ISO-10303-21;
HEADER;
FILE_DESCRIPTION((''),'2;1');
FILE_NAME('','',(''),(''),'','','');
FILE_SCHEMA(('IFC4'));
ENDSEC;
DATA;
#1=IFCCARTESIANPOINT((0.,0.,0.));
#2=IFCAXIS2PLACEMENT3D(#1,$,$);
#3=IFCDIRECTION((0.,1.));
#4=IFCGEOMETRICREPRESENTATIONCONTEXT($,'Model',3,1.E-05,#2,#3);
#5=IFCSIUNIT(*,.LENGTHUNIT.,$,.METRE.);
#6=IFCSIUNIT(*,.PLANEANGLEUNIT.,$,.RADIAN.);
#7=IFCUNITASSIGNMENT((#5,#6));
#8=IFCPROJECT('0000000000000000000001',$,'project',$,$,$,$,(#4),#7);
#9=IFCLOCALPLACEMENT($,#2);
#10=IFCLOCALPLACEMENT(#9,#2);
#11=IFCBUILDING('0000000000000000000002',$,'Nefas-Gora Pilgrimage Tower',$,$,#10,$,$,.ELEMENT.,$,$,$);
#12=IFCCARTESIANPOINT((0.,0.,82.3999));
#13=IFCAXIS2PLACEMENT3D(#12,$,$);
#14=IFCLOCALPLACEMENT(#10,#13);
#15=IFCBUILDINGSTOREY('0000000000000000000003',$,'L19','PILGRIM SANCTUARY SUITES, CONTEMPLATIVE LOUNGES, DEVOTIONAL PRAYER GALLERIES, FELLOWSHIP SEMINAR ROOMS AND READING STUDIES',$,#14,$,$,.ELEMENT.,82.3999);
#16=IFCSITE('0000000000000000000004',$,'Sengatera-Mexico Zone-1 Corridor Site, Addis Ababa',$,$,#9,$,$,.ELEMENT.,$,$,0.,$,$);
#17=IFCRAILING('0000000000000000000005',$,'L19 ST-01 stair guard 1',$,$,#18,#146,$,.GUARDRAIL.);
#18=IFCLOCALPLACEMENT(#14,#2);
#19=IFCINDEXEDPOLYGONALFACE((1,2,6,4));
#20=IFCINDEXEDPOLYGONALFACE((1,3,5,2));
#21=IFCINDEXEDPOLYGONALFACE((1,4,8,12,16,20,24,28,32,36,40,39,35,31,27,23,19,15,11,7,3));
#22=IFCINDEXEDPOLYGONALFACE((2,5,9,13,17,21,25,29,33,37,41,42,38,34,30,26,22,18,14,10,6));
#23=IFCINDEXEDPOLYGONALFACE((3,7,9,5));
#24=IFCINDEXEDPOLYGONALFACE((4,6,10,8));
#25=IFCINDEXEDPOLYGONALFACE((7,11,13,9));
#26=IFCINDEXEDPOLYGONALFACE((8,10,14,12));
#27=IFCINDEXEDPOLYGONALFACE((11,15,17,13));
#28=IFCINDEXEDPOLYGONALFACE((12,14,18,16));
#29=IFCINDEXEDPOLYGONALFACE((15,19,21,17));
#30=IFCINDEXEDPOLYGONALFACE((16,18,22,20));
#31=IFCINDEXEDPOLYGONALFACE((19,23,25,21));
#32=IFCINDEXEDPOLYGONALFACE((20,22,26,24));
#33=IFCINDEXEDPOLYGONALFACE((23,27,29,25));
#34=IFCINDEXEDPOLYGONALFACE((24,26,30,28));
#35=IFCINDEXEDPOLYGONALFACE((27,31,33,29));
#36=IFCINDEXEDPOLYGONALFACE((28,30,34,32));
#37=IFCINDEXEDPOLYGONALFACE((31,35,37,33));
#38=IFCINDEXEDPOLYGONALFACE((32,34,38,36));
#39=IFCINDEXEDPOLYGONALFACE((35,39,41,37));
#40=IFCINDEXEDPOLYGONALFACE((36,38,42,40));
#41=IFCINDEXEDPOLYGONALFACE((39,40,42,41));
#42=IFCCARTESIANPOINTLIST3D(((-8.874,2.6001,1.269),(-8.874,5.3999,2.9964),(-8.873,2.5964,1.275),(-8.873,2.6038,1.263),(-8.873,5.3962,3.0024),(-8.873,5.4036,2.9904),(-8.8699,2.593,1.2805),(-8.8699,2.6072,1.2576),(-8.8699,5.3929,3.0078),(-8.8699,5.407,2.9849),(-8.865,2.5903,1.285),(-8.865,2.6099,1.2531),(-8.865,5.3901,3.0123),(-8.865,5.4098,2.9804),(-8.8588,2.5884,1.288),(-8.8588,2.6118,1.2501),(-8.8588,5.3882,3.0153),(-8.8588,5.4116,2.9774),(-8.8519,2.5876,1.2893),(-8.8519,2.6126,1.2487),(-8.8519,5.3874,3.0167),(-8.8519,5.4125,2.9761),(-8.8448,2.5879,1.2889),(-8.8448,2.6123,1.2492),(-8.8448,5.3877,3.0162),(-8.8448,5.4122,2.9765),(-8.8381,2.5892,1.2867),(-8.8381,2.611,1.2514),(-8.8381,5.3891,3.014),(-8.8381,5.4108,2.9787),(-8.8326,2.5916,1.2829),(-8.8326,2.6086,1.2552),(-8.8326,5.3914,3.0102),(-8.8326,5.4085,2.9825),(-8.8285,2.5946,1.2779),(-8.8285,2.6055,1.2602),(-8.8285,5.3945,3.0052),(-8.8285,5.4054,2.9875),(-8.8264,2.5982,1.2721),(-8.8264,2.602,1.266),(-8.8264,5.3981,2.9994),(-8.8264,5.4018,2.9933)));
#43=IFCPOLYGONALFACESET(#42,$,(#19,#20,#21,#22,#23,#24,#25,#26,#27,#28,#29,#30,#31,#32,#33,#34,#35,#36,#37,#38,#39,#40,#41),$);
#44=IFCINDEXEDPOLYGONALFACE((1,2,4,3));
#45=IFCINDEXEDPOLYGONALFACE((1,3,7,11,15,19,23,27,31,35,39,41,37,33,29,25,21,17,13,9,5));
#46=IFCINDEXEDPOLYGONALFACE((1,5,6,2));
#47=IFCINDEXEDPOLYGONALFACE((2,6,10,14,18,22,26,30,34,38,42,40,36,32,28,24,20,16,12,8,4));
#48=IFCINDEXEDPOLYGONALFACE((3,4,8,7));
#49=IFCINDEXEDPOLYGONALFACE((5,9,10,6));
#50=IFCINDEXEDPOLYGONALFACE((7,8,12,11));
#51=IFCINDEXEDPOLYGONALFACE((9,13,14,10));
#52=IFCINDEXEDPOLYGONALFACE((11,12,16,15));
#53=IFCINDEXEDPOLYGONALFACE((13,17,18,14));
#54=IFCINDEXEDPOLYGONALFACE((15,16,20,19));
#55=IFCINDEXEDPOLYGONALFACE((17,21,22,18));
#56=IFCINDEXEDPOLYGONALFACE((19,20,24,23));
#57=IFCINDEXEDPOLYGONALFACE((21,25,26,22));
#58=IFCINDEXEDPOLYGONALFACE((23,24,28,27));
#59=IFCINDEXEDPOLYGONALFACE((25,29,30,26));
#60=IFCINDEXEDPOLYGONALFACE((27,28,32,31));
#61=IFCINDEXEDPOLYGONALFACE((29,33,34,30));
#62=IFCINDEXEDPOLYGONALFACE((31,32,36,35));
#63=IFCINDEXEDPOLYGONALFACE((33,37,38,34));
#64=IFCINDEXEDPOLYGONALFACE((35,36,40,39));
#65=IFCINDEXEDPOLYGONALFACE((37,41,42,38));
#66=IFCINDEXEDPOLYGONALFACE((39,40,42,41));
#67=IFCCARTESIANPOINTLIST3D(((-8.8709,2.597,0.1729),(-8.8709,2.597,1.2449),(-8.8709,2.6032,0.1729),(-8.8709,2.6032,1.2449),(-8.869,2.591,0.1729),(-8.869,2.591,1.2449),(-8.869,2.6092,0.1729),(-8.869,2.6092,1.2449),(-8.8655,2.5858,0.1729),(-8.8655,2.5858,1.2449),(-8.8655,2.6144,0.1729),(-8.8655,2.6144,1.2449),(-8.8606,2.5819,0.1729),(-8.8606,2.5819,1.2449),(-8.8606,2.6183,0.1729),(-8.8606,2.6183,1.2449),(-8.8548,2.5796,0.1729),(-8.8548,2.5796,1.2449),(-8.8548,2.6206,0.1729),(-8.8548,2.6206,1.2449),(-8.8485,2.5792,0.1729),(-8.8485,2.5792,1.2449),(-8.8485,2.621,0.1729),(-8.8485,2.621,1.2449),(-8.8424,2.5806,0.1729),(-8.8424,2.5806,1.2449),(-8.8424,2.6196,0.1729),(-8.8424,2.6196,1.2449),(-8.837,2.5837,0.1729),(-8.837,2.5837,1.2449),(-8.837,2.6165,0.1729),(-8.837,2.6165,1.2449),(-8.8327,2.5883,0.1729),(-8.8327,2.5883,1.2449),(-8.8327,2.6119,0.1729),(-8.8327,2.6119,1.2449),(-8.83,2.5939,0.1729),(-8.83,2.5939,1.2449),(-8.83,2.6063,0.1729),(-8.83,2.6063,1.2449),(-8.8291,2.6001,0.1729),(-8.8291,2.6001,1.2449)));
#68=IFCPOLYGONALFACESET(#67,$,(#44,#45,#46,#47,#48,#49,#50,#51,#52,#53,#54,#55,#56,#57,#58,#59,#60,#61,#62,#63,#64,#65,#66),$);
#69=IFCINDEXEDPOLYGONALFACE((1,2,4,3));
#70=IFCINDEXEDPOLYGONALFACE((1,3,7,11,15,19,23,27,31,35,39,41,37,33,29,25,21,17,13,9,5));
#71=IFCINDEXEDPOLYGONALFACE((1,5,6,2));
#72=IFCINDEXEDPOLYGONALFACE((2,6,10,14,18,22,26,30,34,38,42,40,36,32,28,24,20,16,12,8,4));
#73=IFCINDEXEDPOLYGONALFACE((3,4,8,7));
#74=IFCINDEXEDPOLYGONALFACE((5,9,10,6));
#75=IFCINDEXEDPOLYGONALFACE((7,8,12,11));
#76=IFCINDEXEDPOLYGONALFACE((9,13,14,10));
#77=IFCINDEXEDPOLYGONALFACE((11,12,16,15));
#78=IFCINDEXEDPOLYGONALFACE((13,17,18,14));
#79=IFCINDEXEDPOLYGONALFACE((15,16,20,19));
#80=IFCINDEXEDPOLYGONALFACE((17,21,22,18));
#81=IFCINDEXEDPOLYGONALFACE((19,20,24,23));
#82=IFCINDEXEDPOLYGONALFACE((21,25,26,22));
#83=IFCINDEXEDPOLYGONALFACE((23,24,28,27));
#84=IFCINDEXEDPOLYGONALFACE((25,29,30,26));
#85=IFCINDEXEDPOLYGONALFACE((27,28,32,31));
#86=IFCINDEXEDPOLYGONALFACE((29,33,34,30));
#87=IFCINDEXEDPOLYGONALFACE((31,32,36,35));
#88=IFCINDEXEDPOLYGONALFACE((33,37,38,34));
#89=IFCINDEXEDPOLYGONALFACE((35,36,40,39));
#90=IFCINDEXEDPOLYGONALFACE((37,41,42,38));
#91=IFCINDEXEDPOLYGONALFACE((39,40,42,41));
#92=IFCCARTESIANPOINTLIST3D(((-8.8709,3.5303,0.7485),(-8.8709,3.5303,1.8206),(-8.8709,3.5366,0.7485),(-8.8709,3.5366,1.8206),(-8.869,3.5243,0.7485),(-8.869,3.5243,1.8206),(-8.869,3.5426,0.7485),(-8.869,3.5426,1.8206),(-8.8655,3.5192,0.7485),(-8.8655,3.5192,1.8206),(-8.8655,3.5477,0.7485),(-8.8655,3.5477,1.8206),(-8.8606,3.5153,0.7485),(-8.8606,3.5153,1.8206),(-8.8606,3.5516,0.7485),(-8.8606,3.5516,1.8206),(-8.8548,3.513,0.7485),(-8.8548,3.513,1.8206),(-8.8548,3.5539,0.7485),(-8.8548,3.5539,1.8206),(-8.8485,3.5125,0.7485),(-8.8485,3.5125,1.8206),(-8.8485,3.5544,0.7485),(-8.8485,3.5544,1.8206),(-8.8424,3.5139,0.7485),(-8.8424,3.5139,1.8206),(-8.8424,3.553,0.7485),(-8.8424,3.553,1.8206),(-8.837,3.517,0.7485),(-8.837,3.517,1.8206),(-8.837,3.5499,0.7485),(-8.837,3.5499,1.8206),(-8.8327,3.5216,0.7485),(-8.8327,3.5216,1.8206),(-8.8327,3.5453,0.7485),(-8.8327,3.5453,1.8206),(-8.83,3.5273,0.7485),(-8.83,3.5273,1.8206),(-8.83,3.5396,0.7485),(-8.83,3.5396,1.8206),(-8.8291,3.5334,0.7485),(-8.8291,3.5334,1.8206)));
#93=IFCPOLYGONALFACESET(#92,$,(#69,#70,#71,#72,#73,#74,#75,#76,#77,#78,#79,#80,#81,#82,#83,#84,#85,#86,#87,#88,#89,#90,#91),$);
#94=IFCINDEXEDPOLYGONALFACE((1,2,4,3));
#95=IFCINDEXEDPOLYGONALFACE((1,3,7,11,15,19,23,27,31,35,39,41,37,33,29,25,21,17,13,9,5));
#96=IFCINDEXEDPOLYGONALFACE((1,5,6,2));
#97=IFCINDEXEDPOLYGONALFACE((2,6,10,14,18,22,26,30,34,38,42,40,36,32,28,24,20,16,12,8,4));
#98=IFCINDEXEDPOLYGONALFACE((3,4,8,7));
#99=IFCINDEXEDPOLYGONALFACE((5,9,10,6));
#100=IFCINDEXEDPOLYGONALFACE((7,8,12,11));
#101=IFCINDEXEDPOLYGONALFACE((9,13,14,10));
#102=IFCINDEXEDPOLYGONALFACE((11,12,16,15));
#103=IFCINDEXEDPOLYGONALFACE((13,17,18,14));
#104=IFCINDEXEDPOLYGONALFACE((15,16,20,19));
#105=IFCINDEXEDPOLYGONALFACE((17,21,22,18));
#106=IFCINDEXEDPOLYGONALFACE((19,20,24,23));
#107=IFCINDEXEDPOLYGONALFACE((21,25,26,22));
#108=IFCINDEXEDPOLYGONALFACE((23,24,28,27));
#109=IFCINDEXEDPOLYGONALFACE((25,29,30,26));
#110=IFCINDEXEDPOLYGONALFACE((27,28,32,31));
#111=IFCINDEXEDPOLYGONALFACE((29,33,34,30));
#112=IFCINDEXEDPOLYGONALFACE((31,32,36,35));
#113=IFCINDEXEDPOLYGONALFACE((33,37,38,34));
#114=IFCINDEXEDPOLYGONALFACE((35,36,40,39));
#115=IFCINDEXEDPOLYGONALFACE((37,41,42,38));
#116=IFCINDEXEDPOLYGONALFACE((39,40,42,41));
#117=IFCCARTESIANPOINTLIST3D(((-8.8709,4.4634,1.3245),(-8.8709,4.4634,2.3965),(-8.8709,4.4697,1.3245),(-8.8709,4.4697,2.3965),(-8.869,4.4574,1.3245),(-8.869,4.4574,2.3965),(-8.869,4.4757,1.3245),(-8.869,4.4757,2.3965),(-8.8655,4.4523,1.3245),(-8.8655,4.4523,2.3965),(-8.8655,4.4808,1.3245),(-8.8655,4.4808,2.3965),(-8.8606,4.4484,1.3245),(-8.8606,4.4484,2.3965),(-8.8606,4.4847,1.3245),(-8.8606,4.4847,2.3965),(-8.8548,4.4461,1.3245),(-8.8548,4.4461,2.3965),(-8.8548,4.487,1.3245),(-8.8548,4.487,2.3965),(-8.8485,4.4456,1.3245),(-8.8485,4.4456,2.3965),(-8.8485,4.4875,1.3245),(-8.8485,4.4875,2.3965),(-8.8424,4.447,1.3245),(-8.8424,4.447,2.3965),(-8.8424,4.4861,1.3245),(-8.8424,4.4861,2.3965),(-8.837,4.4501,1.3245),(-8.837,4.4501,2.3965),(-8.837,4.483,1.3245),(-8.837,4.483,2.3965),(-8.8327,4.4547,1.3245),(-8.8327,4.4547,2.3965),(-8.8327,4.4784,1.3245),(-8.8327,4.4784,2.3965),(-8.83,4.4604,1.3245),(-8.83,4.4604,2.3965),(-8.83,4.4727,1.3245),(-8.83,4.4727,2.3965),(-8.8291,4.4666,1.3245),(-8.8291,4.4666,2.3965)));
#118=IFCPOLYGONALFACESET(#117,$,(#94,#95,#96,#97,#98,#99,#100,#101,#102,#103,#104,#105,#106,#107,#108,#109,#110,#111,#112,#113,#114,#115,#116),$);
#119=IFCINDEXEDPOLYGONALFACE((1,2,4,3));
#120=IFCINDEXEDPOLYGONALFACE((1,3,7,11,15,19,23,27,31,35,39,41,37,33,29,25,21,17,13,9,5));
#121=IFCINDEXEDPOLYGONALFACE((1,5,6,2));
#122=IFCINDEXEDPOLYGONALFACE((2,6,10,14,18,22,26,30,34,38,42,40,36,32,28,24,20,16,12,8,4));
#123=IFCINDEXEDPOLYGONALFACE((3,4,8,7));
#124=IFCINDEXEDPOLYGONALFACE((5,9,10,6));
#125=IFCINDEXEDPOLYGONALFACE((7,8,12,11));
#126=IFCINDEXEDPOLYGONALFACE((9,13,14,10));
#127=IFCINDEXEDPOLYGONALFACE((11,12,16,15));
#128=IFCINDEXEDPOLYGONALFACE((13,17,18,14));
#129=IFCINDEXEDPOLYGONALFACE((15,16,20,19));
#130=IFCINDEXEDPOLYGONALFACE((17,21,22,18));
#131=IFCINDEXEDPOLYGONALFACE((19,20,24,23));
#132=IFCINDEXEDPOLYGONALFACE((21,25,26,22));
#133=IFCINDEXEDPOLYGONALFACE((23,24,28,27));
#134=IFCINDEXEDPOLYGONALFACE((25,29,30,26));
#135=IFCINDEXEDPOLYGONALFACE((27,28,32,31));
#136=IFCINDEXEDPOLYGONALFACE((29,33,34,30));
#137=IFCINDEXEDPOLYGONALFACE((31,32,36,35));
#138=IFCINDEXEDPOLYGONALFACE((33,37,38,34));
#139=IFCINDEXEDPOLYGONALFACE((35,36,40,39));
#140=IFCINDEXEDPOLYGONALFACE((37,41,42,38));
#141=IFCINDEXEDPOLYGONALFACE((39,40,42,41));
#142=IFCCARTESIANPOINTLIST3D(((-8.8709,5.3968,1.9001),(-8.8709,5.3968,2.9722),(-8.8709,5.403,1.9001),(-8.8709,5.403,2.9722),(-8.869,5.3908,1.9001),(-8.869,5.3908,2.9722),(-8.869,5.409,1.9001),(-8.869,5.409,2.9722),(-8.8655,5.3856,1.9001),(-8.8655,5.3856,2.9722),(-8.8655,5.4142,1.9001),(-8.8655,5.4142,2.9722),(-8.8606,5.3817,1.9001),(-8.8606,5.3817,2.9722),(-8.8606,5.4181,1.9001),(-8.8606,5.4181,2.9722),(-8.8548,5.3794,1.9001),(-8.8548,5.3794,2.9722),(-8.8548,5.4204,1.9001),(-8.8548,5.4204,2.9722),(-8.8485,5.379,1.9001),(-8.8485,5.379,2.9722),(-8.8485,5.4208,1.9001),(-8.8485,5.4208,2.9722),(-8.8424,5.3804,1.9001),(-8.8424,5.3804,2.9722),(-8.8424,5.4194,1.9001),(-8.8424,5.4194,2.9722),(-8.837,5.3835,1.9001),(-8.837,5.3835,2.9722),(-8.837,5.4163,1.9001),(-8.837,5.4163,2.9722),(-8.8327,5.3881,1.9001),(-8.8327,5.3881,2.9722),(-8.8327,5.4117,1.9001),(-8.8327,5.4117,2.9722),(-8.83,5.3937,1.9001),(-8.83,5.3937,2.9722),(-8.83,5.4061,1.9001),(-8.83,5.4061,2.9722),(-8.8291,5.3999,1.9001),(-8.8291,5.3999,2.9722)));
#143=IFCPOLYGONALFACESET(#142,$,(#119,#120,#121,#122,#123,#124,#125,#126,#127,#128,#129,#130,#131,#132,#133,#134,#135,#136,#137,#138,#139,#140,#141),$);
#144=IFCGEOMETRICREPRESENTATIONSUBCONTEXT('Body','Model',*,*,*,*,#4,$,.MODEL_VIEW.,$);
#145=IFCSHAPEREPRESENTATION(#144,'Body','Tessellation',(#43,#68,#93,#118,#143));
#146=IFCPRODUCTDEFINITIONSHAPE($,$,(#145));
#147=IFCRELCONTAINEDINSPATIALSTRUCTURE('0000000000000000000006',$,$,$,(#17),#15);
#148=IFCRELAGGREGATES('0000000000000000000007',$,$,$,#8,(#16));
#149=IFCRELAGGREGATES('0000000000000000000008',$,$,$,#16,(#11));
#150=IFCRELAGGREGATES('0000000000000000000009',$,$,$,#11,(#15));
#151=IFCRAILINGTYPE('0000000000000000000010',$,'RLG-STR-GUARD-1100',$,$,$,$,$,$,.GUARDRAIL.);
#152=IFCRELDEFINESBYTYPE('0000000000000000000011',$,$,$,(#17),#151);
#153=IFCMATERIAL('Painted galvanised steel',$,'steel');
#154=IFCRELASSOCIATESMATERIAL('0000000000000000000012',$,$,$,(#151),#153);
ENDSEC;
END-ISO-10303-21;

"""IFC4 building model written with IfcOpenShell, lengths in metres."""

from ifc_helpers import new_model, si_unit, direction, frame, origin, origin_2d, place, context, subcontext, project, spatial, circle, extrude, material, type_object, element, save


model = new_model("IFC4")

# Units and contexts
model_context = context("Model", 3, precision=1e-05, world=origin(), true_north=direction((0.0, 1.0)))
body_context = subcontext(model_context, "Body", "Model", "MODEL_VIEW")
ifc_project = project(units=[si_unit("LENGTHUNIT", "METRE"), si_unit("PLANEANGLEUNIT", "RADIAN")], contexts=[model_context])

# Site, building, storey
site_placement = place(None, origin())
site = spatial("IfcSite", under=ifc_project, at=site_placement, Name="Sengatera-Mexico Zone-1 Corridor Site, Addis Ababa", CompositionType="ELEMENT", RefElevation=0.0)
building_placement = place(site_placement, origin())
building = spatial("IfcBuilding", under=site, at=building_placement, Name="Nefas-Gora Pilgrimage Tower", CompositionType="ELEMENT")
storey_placement = place(building_placement, frame((0.0, 0.0, 82.3999)))
storey = spatial("IfcBuildingStorey", under=building, at=storey_placement, Name="L19", Description="PILGRIM SANCTUARY SUITES, CONTEMPLATIVE LOUNGES, DEVOTIONAL PRAYER GALLERIES, FELLOWSHIP SEMINAR ROOMS AND READING STUDIES", CompositionType="ELEMENT", Elevation=82.3999)

# Railing
ifc_material_1 = material(Name="Painted galvanised steel", Category="steel")
railing_type_1 = type_object("IfcRailingType", Name="RLG-STR-GUARD-1100", PredefinedType="GUARDRAIL", material=ifc_material_1)
railing_1_placement = place(storey_placement, frame((-8.8501, 2.6001, 0.1729)))
element("IfcRailing", 1, at=railing_1_placement, inside=storey, type_object=railing_type_1, Name="L19 ST-01 stair guard 1", PredefinedType="GUARDRAIL", context=body_context, shape_type="SweptSolid", body=[
    extrude(circle(Radius=0.0239, at=origin_2d()), frame((0.0, 0.0, 1.0962), z_axis=(0.0, 0.851069, 0.525054), x_axis=(-1.0, 0.0, 0.0)), (0.0, 0.0, 1.0), 3.2898),
    extrude(circle(Radius=0.021, at=origin_2d()), origin(), (0.0, 0.0, 1.0), 1.072),
    extrude(circle(Radius=0.021, at=origin_2d()), frame((0.0, 0.9333, 0.5757)), (0.0, 0.0, 1.0), 1.072),
    extrude(circle(Radius=0.021, at=origin_2d()), frame((0.0, 1.8665, 1.1516)), (0.0, 0.0, 1.0), 1.072),
    extrude(circle(Radius=0.021, at=origin_2d()), frame((0.0, 2.7998, 1.7273)), (0.0, 0.0, 1.0), 1.072),
])

save(model, "model.ifc")
